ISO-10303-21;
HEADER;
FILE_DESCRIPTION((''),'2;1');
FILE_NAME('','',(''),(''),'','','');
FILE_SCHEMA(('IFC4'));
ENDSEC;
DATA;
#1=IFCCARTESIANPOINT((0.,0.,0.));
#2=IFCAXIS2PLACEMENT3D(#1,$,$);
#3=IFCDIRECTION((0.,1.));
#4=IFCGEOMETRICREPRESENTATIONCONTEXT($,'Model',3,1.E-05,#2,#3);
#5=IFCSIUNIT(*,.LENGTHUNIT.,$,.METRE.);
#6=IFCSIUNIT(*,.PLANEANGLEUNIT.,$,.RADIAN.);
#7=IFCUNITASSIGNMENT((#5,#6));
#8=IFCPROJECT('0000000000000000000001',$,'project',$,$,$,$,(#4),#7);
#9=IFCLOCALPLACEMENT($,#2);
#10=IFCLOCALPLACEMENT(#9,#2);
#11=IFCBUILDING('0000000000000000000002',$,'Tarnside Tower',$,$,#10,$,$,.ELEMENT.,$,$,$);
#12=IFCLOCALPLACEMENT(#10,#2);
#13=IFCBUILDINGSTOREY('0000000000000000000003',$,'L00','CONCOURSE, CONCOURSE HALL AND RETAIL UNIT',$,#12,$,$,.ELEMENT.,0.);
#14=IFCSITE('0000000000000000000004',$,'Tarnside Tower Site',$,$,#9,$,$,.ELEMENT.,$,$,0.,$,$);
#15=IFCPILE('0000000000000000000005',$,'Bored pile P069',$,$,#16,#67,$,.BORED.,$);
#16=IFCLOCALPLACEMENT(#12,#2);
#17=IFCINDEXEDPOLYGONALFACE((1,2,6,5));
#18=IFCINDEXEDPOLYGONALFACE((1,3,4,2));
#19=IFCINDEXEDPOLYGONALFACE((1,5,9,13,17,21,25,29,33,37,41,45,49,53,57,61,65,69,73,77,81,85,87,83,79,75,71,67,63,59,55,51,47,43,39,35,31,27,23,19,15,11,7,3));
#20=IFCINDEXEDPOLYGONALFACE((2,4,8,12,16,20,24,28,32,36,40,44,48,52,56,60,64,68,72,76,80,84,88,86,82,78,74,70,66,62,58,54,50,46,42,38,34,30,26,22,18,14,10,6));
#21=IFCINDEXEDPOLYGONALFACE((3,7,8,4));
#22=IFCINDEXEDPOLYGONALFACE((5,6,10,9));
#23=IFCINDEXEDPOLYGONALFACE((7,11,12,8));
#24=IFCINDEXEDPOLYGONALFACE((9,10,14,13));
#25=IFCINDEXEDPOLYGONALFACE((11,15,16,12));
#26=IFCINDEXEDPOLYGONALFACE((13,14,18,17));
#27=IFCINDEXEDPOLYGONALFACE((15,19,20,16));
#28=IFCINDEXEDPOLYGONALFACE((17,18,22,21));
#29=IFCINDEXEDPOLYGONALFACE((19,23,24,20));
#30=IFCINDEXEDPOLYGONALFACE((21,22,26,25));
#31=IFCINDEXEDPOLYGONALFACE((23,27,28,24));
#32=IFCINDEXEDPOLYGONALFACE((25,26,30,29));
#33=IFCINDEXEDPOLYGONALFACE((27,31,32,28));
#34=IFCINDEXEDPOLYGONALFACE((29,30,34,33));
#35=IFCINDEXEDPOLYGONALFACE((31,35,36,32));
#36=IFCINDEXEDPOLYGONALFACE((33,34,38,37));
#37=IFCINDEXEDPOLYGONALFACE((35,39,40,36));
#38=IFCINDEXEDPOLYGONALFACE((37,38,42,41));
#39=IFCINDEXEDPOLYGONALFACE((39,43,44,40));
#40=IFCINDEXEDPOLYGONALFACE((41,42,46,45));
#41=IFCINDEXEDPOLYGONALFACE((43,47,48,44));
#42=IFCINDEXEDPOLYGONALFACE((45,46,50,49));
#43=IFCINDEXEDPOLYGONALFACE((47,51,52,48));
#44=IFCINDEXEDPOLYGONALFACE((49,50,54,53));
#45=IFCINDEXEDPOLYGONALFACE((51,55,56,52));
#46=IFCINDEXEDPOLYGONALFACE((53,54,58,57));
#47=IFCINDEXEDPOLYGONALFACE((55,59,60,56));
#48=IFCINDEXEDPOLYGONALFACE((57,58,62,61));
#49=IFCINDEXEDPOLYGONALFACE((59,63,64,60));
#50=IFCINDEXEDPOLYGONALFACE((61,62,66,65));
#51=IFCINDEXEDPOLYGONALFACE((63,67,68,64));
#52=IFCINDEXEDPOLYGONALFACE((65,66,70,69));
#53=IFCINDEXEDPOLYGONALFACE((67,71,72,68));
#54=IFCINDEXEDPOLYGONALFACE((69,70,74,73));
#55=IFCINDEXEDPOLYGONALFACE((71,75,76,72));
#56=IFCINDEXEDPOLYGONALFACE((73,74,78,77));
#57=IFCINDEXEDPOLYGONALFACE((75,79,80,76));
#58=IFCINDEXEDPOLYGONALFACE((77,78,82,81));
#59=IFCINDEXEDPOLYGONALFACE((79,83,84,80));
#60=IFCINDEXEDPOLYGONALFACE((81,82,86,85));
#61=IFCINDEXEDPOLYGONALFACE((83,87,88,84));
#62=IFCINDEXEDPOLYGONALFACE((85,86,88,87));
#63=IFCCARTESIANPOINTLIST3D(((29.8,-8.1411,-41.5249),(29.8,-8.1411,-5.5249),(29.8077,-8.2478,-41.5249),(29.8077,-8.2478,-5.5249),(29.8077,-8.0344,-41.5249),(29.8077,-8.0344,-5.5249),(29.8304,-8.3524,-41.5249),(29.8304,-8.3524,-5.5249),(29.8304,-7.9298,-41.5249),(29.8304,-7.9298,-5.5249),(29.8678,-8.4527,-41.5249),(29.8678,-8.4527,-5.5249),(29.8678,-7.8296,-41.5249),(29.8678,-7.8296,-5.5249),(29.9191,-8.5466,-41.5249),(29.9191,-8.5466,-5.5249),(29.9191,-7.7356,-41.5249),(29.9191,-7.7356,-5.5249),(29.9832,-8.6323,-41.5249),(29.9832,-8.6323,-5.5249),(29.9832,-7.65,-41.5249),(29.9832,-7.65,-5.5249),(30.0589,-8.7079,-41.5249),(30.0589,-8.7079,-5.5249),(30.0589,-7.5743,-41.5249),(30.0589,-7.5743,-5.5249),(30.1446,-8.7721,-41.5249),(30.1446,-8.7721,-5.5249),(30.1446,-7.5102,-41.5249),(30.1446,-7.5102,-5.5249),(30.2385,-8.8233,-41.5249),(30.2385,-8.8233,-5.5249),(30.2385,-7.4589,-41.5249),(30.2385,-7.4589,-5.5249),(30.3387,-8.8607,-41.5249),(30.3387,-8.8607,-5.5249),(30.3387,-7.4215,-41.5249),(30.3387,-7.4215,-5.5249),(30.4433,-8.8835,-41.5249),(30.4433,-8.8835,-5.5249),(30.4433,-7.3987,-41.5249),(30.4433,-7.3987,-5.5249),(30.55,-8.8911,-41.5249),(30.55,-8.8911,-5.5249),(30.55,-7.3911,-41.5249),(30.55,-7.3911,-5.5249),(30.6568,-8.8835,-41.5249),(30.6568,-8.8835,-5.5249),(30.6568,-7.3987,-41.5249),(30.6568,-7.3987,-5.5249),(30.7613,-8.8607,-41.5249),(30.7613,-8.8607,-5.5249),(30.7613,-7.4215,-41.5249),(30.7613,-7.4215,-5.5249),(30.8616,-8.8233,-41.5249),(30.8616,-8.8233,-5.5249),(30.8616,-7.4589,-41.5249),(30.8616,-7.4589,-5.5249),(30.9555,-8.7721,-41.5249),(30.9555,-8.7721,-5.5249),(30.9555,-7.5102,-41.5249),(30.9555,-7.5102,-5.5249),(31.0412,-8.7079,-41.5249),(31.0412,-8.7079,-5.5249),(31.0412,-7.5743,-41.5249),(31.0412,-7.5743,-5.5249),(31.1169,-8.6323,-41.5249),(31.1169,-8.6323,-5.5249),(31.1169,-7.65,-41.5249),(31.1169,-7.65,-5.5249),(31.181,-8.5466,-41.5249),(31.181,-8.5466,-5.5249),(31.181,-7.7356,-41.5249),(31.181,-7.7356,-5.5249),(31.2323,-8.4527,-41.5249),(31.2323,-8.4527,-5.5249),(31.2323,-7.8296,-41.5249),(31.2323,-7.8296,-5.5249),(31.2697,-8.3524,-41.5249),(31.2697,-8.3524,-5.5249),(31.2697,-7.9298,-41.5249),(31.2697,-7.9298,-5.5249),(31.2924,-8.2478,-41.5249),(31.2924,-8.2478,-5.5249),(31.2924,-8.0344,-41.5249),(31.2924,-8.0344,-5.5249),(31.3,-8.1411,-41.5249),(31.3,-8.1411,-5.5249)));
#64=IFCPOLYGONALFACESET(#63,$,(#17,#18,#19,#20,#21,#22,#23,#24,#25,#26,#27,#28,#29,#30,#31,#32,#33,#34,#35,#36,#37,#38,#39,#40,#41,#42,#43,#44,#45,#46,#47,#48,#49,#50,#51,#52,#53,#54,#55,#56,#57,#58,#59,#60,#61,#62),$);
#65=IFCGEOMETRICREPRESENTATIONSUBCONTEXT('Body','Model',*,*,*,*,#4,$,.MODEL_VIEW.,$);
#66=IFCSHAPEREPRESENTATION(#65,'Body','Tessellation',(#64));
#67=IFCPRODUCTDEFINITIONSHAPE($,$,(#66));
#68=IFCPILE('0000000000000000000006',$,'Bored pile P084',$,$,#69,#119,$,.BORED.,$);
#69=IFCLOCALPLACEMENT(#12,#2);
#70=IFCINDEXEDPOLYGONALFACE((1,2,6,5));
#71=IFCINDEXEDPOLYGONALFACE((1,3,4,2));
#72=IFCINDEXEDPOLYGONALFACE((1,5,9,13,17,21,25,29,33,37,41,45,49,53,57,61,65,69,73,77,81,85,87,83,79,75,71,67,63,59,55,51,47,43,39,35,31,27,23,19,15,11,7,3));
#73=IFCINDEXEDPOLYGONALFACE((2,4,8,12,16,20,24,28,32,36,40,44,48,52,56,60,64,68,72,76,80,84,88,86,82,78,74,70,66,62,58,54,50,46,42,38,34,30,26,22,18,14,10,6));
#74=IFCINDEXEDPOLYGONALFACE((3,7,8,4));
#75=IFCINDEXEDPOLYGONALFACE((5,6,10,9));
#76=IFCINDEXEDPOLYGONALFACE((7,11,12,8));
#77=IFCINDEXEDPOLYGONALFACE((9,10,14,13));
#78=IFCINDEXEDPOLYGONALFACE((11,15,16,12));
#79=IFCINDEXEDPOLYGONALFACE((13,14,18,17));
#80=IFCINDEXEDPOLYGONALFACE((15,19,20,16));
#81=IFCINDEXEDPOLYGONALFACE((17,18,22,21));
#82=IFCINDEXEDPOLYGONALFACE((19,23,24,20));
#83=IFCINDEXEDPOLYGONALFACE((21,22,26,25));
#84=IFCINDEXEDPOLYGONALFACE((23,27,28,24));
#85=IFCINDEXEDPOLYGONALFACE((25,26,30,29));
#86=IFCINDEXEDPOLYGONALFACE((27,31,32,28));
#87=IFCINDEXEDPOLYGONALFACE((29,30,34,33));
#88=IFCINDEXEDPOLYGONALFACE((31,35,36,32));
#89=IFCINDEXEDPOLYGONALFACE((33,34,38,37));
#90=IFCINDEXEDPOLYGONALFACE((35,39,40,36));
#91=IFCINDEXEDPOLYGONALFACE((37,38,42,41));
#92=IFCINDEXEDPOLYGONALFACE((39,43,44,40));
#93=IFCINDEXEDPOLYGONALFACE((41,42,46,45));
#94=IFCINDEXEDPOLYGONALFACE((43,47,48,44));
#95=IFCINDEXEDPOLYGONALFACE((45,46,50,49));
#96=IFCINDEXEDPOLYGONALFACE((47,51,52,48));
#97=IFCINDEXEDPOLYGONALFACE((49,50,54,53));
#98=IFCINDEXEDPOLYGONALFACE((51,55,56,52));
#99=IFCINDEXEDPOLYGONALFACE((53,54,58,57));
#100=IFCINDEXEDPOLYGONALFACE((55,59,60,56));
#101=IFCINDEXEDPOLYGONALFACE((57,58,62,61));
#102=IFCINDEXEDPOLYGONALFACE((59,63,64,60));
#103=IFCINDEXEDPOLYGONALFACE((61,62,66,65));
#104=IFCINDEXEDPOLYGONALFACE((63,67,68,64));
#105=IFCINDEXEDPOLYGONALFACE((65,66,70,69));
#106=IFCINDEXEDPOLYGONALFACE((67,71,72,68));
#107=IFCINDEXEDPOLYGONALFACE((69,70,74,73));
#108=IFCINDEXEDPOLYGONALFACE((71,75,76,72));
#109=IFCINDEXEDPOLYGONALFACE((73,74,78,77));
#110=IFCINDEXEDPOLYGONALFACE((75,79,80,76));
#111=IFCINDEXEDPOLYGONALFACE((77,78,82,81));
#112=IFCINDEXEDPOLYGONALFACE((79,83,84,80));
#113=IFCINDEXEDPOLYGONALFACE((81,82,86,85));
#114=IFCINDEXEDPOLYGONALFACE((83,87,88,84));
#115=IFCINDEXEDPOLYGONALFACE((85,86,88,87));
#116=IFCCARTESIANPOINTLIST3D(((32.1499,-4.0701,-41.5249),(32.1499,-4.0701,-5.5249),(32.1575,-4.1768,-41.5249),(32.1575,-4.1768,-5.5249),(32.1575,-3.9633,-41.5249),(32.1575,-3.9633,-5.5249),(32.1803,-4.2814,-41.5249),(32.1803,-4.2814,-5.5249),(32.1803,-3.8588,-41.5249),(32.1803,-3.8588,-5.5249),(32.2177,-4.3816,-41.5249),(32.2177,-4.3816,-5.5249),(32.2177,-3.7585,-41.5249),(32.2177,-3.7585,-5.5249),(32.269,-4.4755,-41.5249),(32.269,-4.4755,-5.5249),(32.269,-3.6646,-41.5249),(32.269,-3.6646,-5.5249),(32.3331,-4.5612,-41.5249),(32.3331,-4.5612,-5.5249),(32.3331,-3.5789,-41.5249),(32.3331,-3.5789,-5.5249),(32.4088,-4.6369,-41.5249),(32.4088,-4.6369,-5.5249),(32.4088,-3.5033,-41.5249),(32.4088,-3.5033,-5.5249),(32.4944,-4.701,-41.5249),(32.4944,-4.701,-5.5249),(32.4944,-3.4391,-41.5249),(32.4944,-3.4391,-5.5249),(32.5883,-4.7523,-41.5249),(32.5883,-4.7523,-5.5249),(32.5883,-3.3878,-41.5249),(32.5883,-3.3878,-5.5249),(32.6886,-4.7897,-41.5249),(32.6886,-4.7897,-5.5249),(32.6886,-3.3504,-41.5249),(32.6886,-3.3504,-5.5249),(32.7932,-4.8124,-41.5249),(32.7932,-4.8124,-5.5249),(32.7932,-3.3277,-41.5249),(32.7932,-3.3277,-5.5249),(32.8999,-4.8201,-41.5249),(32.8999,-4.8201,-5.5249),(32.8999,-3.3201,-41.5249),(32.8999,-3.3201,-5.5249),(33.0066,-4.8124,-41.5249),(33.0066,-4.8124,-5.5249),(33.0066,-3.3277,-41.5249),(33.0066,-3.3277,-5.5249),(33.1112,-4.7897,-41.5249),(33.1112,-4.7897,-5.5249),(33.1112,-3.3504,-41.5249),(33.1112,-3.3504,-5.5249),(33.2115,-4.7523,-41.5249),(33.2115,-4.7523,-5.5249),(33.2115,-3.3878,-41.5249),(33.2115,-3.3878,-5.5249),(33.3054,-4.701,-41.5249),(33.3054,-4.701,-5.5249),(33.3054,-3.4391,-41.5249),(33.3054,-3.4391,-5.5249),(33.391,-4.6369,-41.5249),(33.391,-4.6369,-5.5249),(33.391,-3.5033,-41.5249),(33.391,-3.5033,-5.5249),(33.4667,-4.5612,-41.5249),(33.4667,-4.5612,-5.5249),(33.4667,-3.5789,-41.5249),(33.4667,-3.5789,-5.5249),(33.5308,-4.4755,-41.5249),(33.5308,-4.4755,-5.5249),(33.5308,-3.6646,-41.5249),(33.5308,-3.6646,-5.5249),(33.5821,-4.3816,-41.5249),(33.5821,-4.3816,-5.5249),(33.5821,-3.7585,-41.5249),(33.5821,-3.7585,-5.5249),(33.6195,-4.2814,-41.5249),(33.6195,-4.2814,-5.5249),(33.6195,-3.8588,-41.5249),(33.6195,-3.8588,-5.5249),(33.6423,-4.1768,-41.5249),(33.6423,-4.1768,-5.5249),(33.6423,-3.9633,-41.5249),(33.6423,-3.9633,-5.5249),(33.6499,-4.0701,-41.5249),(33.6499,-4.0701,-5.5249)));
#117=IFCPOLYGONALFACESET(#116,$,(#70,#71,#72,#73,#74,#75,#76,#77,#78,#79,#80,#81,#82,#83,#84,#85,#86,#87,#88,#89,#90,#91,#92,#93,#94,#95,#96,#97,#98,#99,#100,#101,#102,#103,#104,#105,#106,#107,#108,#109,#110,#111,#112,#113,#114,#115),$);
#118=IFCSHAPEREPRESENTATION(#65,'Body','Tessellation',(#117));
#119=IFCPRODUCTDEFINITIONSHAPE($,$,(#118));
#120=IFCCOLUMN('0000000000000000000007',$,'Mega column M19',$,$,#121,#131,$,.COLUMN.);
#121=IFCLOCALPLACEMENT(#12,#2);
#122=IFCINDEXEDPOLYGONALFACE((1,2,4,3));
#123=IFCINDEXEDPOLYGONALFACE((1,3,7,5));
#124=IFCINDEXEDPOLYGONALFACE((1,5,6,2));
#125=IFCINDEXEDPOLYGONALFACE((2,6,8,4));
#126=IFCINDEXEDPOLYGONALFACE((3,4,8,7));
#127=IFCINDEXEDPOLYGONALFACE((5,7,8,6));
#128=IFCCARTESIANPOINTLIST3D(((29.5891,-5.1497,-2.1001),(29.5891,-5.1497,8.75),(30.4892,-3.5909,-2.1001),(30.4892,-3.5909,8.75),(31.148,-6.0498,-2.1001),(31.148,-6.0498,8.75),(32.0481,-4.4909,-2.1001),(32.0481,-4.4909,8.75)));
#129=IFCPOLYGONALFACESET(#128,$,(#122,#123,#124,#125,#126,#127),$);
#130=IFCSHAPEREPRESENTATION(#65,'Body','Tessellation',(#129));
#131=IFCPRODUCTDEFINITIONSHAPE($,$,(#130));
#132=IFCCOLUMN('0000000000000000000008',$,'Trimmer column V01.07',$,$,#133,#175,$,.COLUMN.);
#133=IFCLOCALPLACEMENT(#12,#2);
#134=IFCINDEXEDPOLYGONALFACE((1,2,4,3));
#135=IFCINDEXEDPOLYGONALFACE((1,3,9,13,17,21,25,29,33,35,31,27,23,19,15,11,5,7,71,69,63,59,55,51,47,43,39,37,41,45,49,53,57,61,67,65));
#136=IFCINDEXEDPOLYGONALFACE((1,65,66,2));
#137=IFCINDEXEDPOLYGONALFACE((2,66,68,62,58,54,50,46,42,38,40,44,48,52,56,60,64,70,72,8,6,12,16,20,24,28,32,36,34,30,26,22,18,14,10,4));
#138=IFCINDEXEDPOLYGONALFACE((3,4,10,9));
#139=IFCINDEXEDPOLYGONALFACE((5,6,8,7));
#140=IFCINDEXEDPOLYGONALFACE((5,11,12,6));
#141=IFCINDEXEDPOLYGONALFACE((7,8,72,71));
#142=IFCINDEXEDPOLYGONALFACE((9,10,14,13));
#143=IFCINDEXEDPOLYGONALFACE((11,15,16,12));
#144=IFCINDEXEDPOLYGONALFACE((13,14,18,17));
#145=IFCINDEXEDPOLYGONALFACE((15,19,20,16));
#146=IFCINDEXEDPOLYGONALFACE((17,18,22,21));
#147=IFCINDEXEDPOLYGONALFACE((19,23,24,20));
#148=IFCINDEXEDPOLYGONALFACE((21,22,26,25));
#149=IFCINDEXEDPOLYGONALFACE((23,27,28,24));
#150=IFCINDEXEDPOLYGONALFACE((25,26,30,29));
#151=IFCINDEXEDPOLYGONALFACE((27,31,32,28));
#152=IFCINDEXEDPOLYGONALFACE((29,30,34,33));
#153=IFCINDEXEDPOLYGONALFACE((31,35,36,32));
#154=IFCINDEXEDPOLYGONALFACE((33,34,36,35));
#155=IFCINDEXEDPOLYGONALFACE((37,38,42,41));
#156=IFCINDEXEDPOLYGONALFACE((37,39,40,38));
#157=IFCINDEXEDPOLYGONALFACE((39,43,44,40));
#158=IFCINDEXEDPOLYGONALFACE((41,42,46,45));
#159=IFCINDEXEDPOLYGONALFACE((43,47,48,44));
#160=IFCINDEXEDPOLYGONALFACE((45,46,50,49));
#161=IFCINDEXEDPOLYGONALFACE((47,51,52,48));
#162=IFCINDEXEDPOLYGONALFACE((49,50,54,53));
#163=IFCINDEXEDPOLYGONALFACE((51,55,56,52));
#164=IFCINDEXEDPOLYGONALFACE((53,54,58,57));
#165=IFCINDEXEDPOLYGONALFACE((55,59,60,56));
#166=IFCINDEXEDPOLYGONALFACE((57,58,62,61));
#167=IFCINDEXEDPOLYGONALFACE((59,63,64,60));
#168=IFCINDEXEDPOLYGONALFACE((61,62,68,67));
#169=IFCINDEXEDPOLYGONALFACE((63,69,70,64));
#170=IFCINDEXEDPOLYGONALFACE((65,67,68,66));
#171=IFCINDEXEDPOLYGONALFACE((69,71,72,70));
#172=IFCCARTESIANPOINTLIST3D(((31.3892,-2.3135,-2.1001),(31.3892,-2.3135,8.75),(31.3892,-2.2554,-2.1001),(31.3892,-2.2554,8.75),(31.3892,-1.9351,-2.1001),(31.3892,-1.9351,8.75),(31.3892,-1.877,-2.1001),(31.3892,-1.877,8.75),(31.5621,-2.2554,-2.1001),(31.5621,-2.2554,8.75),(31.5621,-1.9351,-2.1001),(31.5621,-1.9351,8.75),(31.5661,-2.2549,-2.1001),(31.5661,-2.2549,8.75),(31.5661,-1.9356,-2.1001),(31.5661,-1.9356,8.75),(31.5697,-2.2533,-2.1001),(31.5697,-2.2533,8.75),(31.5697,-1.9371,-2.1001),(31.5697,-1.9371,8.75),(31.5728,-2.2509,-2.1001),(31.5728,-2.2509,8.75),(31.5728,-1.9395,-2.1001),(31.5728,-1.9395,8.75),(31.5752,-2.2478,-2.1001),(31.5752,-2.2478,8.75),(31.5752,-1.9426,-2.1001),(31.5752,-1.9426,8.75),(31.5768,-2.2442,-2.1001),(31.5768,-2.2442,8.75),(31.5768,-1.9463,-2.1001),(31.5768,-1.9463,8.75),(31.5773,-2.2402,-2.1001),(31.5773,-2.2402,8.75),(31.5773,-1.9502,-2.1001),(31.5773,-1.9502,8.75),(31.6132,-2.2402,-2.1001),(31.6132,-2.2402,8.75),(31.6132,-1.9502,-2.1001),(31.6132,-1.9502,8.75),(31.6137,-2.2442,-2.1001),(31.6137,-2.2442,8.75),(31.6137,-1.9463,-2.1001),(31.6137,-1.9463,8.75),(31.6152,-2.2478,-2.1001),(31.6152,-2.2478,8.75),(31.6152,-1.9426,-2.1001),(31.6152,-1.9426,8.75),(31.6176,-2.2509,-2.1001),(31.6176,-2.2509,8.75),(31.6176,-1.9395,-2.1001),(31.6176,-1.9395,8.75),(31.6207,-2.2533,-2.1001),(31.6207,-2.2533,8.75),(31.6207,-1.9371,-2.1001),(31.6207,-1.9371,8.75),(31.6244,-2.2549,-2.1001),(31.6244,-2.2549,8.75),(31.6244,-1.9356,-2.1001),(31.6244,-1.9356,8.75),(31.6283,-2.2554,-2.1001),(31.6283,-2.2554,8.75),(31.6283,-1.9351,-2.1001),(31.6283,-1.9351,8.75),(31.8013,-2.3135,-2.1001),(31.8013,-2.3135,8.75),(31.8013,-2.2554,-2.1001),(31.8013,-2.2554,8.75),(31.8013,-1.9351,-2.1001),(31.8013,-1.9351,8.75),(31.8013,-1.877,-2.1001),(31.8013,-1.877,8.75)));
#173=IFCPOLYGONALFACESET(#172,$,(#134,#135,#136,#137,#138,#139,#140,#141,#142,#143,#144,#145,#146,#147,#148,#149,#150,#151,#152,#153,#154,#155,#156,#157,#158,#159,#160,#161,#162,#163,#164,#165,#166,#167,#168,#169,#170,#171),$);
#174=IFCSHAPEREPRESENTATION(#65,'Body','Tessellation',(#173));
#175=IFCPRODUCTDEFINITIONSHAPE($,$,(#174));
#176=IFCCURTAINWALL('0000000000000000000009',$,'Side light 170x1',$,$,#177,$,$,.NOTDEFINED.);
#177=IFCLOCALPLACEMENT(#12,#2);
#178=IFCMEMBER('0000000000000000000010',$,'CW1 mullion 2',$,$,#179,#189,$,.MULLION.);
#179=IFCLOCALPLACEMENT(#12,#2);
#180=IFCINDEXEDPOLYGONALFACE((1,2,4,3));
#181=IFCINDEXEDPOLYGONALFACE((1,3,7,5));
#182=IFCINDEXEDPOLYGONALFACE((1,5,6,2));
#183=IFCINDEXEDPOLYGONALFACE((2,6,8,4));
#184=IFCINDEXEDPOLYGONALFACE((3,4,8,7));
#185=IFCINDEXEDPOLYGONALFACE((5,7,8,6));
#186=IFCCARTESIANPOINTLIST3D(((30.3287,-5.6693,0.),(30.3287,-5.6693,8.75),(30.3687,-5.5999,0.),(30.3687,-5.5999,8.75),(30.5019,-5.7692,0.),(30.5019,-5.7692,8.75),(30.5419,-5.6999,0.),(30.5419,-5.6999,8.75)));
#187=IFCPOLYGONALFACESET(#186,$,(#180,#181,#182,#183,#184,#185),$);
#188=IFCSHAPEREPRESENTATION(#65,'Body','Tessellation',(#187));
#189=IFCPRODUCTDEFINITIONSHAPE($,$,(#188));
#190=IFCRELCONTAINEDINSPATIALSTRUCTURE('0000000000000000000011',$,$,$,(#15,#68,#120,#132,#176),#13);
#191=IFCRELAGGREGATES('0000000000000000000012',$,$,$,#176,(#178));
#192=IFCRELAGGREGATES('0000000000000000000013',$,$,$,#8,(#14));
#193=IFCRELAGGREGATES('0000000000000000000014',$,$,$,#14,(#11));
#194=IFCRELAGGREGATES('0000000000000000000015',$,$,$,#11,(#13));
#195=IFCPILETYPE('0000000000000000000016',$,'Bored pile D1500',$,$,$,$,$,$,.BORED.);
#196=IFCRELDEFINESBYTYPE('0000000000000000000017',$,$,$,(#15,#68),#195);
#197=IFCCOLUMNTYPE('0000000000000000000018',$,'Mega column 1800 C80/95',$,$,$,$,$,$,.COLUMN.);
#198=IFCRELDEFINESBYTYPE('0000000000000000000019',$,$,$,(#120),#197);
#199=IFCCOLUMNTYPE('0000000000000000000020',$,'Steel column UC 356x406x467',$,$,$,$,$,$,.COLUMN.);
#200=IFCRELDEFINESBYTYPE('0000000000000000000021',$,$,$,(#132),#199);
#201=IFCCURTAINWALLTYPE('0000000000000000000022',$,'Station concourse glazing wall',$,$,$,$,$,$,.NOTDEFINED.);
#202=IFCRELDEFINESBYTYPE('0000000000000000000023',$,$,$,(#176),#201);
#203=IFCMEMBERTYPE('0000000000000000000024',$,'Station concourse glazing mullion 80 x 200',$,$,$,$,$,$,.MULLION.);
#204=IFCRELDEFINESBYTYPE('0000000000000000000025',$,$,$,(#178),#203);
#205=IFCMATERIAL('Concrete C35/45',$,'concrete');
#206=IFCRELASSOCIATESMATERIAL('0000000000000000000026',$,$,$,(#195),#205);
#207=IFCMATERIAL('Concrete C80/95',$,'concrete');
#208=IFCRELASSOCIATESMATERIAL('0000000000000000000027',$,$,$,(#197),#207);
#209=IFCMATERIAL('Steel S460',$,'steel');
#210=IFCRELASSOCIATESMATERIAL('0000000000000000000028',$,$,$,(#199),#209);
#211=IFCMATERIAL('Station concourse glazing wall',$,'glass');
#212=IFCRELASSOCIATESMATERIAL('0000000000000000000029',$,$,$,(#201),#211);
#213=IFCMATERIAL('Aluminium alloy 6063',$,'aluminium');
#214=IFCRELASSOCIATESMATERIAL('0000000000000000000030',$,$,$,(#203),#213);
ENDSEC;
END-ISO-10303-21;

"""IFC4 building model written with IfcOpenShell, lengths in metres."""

from ifc_helpers import new_model, si_unit, direction, frame, origin, origin_2d, place, context, subcontext, project, spatial, rectangle, circle, i_section, extrude, material, material_profile, profile_set, type_object, element, aggregate, save


model = new_model("IFC4")

# Units and contexts
model_context = context("Model", 3, precision=1e-05, world=origin(), true_north=direction((0.0, 1.0)))
body_context = subcontext(model_context, "Body", "Model", "MODEL_VIEW")
ifc_project = project(units=[si_unit("LENGTHUNIT", "METRE"), si_unit("PLANEANGLEUNIT", "RADIAN")], contexts=[model_context])

# Site, building, storey
site_placement = place(None, origin())
site = spatial("IfcSite", under=ifc_project, at=site_placement, Name="Tarnside Tower Site", CompositionType="ELEMENT", RefElevation=0.0)
building_placement = place(site_placement, origin())
building = spatial("IfcBuilding", under=site, at=building_placement, Name="Tarnside Tower", CompositionType="ELEMENT")
storey_placement = place(building_placement, origin())
storey = spatial("IfcBuildingStorey", under=building, at=storey_placement, Name="L00", Description="CONCOURSE, CONCOURSE HALL AND RETAIL UNIT", CompositionType="ELEMENT", Elevation=0.0)

# Piles
ifc_material_1 = material(Name="Concrete C35/45", Category="concrete")
ifc_material_profile_1 = material_profile(ifc_material_1, circle(Radius=0.75, at=origin_2d()), Name="Bored pile D1500")
ifc_profile_set_1 = profile_set([ifc_material_profile_1], Name="Concrete C35/45")
pile_type = type_object("IfcPileType", Name="Bored pile D1500", PredefinedType="BORED", material=ifc_profile_set_1)
for number, where, z_axis, x_axis, name in (
    (1, (30.55, -8.1411, -5.5249), (0.0, 0.0, -1.0), (1.0, 0.0, 0.0), "Bored pile P069"),
    (2, (32.8999, -4.0701, -5.5249), (0.0, 0.0, -1.0), (1.0, 0.0, 0.0), "Bored pile P084"),
):
    element("IfcPile", number, at=place(storey_placement, frame(where, z_axis=z_axis, x_axis=x_axis)), inside=storey, type_object=pile_type, Name=name, PredefinedType="BORED", context=body_context, shape_type="SweptSolid", body=[
        extrude(circle(Radius=0.75, at=origin_2d()), origin(), (0.0, 0.0, 1.0), 36.0),
    ])

# Columns
ifc_material_2 = material(Name="Concrete C80/95", Category="concrete")
ifc_material_profile_2 = material_profile(ifc_material_2, rectangle(XDim=1.8, YDim=1.8, at=origin_2d()), Name="Mega column 1800x1800")
ifc_profile_set_2 = profile_set([ifc_material_profile_2], Name="Concrete C80/95")
column_type_1 = type_object("IfcColumnType", Name="Mega column 1800 C80/95", PredefinedType="COLUMN", material=ifc_profile_set_2)
column_1_placement = place(storey_placement, frame((30.8186, -4.8203, -2.1001), z_axis=(0.0, 0.0, 1.0), x_axis=(-0.5, -0.866025, 0.0)))
element("IfcColumn", 3, at=column_1_placement, inside=storey, type_object=column_type_1, Name="Mega column M19", PredefinedType="COLUMN", context=body_context, shape_type="SweptSolid", body=[
    extrude(rectangle(XDim=1.8, YDim=1.8, at=origin_2d()), origin(), (0.0, 0.0, 1.0), 10.8501),
])
ifc_material_3 = material(Name="Steel S460", Category="steel")
ifc_material_profile_3 = material_profile(ifc_material_3, i_section(OverallWidth=0.4121, OverallDepth=0.4365, WebThickness=0.0359, FlangeThickness=0.0581, FilletRadius=0.0151, at=origin_2d()), Name="UC 356x406x467")
ifc_profile_set_3 = profile_set([ifc_material_profile_3], Name="Steel S460")
column_type_2 = type_object("IfcColumnType", Name="Steel column UC 356x406x467", PredefinedType="COLUMN", material=ifc_profile_set_3)
column_2_placement = place(storey_placement, frame((31.5952, -2.0952, -2.1001), z_axis=(0.0, 0.0, 1.0), x_axis=(1.0, 0.0, 0.0)))
element("IfcColumn", 4, at=column_2_placement, inside=storey, type_object=column_type_2, Name="Trimmer column V01.07", PredefinedType="COLUMN", context=body_context, shape_type="SweptSolid", body=[
    extrude(i_section(OverallWidth=0.4121, OverallDepth=0.4365, WebThickness=0.0359, FlangeThickness=0.0581, FilletRadius=0.0151, at=origin_2d()), origin(), (0.0, 0.0, 1.0), 10.8501),
])

# Curtain wall, member
ifc_material_4 = material(Name="Station concourse glazing wall", Category="glass")
curtain_wall_type = type_object("IfcCurtainWallType", Name="Station concourse glazing wall", PredefinedType="NOTDEFINED", material=ifc_material_4)
curtain_wall_1_placement = place(storey_placement, origin())
curtain_wall_1 = element("IfcCurtainWall", 5, at=curtain_wall_1_placement, inside=storey, type_object=curtain_wall_type, Name="Side light 170x1", PredefinedType="NOTDEFINED")
ifc_material_5 = material(Name="Aluminium alloy 6063", Category="aluminium")
ifc_material_profile_4 = material_profile(ifc_material_5, rectangle(XDim=0.2, YDim=0.0801, at=origin_2d()), Name="Station concourse glazing mullion 80 x 200")
ifc_profile_set_4 = profile_set([ifc_material_profile_4], Name="Aluminium alloy 6063")
member_type_1 = type_object("IfcMemberType", Name="Station concourse glazing mullion 80 x 200", PredefinedType="MULLION", material=ifc_profile_set_4)
member_1_placement = place(storey_placement, frame((30.4353, -5.6846, 0.0), z_axis=(0.0, 0.0, 1.0), x_axis=(-0.866025, 0.5, 0.0)))
member_1 = element("IfcMember", 6, at=member_1_placement, type_object=member_type_1, Name="CW1 mullion 2", PredefinedType="MULLION", context=body_context, shape_type="SweptSolid", body=[
    extrude(rectangle(XDim=0.2, YDim=0.0801, at=origin_2d()), origin(), (0.0, 0.0, 1.0), 8.75),
])

aggregate(curtain_wall_1, [member_1])

save(model, "model.ifc")
